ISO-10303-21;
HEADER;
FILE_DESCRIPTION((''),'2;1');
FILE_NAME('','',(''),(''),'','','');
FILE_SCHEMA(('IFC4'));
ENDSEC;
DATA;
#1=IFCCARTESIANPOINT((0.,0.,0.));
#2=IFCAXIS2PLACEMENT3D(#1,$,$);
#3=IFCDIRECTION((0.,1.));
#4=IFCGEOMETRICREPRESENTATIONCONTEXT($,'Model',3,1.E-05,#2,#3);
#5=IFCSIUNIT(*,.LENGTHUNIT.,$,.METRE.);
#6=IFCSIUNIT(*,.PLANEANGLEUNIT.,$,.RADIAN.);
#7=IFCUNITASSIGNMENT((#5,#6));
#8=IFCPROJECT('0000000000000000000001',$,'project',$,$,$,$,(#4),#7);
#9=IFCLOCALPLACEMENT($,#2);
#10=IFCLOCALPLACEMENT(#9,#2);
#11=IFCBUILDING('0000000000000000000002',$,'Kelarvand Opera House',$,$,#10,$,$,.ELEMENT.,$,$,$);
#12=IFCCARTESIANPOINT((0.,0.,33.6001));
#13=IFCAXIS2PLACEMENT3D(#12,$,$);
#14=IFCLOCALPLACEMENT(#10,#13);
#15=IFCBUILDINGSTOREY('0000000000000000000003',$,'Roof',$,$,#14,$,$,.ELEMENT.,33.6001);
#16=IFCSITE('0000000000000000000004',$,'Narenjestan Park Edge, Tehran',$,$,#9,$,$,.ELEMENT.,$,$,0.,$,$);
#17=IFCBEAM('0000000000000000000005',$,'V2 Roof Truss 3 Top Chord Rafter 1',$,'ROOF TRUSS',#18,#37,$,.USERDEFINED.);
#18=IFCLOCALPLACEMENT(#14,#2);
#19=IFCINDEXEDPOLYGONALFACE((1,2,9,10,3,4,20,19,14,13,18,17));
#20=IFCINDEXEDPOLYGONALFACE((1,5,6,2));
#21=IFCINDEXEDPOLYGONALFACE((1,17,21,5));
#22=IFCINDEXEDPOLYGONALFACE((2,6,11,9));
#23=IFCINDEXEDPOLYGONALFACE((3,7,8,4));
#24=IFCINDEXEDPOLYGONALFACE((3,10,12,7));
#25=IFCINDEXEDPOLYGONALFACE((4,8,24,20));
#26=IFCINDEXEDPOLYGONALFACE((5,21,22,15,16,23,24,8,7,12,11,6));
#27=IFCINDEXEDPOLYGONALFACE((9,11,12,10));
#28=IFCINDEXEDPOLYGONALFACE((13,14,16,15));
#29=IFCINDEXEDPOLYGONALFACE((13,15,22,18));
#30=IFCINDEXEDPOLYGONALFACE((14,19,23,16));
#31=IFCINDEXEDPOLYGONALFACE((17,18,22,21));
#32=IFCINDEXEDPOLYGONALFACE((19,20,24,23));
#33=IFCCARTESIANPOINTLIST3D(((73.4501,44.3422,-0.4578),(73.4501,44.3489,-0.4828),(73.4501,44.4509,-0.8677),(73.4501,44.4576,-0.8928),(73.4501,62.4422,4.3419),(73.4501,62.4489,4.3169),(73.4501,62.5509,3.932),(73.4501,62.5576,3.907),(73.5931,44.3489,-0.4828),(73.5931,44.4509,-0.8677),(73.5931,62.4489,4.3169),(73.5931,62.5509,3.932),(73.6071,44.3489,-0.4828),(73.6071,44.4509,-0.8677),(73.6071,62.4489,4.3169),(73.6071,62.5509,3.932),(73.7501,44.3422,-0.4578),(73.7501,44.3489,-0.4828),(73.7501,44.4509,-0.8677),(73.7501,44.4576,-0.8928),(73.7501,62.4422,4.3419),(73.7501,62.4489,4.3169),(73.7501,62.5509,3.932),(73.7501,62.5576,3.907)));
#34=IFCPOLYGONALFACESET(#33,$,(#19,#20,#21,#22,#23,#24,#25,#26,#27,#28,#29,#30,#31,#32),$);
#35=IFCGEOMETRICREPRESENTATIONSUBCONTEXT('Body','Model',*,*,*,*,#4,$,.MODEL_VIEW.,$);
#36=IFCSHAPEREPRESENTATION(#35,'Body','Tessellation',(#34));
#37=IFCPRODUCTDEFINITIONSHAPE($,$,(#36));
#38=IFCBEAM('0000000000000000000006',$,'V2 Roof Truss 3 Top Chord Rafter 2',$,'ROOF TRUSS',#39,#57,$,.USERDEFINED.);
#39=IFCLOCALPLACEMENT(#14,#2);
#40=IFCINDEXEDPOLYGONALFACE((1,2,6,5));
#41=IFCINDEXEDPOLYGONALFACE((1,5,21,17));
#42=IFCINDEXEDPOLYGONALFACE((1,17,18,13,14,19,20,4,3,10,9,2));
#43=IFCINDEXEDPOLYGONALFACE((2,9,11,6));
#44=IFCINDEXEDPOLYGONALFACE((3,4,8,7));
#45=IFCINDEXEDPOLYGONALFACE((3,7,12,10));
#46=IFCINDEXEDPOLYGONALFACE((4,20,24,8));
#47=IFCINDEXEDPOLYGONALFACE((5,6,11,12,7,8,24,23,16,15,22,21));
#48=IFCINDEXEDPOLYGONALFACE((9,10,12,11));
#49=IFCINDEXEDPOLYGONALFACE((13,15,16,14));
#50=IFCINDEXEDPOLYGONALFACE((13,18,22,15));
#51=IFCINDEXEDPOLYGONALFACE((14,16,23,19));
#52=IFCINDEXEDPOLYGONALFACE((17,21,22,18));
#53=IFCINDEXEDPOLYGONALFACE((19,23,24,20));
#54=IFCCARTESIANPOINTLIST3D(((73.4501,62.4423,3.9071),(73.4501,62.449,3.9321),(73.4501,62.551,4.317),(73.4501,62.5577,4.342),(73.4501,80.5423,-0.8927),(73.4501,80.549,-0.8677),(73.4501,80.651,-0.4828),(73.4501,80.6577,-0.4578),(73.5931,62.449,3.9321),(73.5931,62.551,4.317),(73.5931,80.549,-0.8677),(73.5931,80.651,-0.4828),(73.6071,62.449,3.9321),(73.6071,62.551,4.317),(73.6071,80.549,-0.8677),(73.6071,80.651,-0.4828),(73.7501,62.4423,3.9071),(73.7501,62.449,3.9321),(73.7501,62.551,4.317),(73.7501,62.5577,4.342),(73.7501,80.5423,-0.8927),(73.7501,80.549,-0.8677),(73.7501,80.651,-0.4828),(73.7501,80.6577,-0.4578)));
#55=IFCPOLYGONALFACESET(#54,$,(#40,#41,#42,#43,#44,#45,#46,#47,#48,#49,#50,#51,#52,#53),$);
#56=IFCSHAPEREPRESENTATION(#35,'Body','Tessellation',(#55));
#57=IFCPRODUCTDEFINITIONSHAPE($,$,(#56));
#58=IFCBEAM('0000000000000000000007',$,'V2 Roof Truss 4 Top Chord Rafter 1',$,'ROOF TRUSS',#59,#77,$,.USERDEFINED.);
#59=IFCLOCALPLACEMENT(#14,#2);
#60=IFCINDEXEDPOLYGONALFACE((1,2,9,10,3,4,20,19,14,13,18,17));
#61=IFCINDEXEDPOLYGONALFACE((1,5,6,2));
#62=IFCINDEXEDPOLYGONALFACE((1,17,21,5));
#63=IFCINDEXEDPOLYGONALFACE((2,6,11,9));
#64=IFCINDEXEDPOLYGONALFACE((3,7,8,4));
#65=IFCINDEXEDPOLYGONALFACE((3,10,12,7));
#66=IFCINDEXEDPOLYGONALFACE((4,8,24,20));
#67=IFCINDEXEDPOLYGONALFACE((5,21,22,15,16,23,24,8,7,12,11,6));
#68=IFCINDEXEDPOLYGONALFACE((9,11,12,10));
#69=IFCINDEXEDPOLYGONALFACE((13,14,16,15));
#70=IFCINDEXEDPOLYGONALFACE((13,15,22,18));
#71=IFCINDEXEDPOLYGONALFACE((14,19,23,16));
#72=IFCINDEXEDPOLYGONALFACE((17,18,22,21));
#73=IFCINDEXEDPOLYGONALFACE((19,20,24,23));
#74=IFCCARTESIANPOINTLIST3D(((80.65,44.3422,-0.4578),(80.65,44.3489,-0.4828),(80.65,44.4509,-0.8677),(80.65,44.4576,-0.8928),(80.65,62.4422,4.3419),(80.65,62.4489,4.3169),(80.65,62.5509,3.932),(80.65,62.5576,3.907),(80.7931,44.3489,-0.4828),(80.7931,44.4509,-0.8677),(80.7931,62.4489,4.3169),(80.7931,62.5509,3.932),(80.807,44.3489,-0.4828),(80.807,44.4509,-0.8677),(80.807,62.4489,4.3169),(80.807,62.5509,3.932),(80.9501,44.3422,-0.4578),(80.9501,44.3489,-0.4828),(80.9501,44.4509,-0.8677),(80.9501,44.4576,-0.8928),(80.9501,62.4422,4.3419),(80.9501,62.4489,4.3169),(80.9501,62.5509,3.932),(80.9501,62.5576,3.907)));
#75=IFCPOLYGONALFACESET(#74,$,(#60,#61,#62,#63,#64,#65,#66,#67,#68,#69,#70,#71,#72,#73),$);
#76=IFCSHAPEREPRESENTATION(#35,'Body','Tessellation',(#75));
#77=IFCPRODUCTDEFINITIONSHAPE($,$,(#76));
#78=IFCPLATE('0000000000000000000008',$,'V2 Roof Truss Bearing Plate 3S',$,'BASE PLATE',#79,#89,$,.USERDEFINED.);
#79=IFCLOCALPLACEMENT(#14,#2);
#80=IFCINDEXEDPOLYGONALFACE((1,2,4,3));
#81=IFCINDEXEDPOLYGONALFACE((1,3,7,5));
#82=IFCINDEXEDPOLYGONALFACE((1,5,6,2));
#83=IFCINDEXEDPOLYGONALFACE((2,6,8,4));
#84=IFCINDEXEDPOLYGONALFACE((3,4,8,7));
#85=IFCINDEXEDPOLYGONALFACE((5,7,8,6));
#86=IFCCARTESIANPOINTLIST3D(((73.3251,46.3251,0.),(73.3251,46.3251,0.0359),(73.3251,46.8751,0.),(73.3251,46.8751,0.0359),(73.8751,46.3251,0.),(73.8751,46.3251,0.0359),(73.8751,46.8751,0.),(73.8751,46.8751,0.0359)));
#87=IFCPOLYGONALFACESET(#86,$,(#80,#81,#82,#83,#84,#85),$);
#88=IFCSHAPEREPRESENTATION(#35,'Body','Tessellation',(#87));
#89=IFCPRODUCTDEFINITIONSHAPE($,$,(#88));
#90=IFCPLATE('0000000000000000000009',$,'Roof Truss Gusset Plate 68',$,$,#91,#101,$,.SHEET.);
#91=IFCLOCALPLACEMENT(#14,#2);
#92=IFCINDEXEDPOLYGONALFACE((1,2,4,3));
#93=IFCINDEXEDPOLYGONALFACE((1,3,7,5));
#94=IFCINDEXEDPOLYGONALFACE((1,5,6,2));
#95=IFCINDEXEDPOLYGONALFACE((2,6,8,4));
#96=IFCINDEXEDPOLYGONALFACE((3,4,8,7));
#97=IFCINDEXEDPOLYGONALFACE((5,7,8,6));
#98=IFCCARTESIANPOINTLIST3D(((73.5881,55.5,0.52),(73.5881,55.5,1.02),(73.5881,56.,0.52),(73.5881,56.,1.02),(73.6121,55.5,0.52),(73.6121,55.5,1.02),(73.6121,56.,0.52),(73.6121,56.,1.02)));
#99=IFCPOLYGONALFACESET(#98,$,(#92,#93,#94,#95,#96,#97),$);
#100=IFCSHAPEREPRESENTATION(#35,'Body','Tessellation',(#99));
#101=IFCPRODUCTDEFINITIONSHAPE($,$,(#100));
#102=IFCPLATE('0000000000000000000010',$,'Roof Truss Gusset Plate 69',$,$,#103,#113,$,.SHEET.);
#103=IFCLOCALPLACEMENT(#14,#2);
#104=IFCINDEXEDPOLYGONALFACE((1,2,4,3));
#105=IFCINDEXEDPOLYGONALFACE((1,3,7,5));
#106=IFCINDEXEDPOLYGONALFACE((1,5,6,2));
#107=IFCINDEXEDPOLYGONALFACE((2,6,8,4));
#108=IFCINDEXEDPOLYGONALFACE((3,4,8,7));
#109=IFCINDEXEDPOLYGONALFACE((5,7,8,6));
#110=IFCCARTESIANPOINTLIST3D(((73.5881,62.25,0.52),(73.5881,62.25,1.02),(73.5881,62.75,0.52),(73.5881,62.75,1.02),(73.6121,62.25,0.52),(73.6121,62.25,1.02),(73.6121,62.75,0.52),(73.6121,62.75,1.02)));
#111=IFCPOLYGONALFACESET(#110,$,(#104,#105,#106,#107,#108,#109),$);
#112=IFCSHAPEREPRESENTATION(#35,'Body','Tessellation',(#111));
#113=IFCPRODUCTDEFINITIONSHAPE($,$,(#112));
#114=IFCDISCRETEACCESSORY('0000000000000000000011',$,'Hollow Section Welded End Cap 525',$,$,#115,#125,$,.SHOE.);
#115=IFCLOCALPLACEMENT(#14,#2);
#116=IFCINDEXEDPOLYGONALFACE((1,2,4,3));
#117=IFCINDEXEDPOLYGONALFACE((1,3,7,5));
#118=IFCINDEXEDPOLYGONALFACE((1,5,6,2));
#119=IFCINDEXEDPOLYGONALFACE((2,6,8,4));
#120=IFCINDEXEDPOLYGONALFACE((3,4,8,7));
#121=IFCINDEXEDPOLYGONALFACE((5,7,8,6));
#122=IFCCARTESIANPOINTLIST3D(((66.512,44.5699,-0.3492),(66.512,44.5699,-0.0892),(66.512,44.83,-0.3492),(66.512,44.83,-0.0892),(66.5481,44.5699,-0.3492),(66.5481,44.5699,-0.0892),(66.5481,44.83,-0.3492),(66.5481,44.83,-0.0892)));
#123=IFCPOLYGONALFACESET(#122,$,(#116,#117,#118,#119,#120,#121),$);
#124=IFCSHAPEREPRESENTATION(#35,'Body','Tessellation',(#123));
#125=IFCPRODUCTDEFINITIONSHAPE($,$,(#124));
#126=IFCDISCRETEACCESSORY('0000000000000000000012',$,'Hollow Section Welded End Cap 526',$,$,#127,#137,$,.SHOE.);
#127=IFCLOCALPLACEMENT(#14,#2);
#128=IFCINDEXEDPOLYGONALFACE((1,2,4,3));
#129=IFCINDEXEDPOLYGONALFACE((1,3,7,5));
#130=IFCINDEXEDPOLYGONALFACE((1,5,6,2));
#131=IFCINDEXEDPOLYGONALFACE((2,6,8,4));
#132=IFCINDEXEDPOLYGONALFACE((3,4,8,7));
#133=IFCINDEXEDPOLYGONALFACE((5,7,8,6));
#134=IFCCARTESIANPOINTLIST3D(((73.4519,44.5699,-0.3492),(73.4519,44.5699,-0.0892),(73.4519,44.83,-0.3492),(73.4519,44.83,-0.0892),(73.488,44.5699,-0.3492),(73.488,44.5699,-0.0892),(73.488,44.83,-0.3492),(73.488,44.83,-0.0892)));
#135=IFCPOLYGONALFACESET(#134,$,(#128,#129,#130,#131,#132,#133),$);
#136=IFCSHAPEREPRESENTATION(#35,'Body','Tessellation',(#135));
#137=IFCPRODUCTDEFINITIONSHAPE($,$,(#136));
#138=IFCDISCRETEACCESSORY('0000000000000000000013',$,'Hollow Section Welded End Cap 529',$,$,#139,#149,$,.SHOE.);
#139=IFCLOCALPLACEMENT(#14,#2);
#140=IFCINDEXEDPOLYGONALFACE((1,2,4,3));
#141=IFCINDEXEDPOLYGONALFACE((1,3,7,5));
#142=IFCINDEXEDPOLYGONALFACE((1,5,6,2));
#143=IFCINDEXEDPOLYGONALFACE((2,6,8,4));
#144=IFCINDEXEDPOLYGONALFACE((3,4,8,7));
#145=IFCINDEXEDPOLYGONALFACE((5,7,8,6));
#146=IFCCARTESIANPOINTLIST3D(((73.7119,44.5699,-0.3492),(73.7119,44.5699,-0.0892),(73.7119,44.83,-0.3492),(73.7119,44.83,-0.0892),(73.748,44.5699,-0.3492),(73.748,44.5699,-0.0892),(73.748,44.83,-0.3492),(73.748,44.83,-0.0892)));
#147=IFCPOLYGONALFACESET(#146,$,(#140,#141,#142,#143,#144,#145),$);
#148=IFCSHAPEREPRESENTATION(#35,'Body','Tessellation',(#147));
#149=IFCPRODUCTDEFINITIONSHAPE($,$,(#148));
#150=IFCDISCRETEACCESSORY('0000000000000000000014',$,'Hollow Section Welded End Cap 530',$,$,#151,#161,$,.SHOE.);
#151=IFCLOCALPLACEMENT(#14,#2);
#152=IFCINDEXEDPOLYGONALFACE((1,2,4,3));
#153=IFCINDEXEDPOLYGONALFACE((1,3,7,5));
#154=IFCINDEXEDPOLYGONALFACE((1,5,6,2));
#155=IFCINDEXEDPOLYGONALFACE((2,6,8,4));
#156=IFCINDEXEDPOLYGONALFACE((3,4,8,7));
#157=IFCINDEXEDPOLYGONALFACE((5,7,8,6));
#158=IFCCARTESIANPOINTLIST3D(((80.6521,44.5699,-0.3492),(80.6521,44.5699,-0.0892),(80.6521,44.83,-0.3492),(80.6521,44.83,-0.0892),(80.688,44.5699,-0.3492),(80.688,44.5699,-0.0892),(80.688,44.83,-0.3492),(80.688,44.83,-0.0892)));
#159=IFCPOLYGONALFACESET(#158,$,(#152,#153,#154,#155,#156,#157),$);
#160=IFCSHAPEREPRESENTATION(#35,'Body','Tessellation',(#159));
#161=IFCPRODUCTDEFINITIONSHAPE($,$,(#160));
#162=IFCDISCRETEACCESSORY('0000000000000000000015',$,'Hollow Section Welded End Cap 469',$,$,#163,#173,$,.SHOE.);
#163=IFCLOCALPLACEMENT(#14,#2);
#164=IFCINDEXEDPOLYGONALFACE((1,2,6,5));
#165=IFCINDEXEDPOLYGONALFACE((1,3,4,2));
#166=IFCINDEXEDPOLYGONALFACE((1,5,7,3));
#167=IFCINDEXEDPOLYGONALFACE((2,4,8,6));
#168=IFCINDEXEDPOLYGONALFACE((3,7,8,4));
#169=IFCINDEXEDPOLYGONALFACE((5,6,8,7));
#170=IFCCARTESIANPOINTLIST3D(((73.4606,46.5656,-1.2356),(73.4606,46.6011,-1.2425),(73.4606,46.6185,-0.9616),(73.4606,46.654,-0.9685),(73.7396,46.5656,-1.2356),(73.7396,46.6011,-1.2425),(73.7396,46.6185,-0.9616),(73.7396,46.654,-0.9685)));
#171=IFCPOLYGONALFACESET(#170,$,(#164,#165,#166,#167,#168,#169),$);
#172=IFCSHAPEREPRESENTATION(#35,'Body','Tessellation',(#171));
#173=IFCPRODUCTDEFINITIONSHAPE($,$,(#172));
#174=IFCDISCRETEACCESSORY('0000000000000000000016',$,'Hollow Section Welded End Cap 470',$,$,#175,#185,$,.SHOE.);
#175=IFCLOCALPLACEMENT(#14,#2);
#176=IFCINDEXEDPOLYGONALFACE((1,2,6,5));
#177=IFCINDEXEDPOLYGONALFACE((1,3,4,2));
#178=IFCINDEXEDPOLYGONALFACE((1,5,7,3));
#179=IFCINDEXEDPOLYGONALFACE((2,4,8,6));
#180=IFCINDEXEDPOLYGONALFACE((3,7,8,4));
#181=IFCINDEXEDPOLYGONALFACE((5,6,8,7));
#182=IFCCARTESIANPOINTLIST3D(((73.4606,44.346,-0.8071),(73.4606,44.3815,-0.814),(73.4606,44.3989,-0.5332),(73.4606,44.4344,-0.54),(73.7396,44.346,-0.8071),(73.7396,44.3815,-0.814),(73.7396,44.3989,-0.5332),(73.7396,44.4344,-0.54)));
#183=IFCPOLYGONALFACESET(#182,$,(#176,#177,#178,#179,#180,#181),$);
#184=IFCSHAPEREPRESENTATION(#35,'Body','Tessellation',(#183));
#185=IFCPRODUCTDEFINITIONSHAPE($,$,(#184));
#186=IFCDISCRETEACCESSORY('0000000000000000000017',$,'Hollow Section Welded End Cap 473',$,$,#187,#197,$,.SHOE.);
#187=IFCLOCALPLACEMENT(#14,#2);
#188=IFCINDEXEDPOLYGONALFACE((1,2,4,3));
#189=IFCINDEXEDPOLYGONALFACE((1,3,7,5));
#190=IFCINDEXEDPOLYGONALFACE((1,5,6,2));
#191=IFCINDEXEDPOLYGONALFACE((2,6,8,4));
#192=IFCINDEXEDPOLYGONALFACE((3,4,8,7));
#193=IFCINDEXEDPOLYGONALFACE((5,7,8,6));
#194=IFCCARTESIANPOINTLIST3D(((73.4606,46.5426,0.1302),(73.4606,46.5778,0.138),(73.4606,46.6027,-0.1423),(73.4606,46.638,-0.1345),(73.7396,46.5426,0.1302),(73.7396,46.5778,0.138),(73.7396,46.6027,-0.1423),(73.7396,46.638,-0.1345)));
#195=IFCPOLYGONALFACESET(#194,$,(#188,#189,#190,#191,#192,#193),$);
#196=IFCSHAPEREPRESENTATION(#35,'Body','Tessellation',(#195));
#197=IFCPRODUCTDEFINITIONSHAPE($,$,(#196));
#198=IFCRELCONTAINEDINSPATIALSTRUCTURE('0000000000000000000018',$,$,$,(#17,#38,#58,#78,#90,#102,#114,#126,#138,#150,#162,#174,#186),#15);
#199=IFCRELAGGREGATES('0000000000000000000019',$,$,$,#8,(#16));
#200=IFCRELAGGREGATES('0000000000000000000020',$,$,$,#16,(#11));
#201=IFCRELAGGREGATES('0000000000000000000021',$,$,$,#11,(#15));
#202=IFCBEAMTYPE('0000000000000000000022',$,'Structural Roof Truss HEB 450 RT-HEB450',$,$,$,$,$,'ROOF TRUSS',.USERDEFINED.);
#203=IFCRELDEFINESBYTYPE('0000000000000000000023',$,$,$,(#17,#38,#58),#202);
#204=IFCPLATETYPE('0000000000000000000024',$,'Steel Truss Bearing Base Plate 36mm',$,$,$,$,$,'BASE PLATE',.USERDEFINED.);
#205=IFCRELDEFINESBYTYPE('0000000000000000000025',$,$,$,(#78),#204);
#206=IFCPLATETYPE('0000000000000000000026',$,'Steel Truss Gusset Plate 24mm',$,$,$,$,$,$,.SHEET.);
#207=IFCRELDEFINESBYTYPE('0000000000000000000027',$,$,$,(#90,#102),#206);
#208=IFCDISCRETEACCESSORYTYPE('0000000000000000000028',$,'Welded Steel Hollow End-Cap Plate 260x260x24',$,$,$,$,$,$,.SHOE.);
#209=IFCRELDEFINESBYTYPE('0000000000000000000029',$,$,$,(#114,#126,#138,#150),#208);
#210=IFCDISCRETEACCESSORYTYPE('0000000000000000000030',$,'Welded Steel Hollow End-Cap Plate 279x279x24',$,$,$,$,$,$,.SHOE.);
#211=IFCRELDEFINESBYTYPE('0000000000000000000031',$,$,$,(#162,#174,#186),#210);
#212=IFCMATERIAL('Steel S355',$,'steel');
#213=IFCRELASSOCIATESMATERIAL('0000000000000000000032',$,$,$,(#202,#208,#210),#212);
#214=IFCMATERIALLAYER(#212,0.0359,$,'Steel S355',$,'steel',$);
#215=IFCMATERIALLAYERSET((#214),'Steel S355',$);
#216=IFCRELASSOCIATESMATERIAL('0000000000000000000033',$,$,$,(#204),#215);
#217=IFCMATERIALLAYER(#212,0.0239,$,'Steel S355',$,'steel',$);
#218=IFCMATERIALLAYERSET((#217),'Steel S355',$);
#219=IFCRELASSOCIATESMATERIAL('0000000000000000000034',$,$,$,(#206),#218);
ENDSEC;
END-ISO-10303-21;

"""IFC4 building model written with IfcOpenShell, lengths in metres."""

from ifc_helpers import new_model, si_unit, direction, frame, origin, origin_2d, place, context, subcontext, project, spatial, rectangle, i_section, extrude, material, layer, layer_set, material_profile, profile_set, type_object, element, save


model = new_model("IFC4")

# Units and contexts
model_context = context("Model", 3, precision=1e-05, world=origin(), true_north=direction((0.0, 1.0)))
body_context = subcontext(model_context, "Body", "Model", "MODEL_VIEW")
ifc_project = project(units=[si_unit("LENGTHUNIT", "METRE"), si_unit("PLANEANGLEUNIT", "RADIAN")], contexts=[model_context])

# Site, building, storey
site_placement = place(None, origin())
site = spatial("IfcSite", under=ifc_project, at=site_placement, Name="Narenjestan Park Edge, Tehran", CompositionType="ELEMENT", RefElevation=0.0)
building_placement = place(site_placement, origin())
building = spatial("IfcBuilding", under=site, at=building_placement, Name="Kelarvand Opera House", CompositionType="ELEMENT")
storey_placement = place(building_placement, frame((0.0, 0.0, 33.6001)))
storey = spatial("IfcBuildingStorey", under=building, at=storey_placement, Name="Roof", CompositionType="ELEMENT", Elevation=33.6001)

# Shared definitions
ifc_material = material(Name="Steel S355", Category="steel")

# Beams
ifc_material_profile_1 = material_profile(ifc_material, i_section(OverallWidth=0.3, OverallDepth=0.45, WebThickness=0.0139, FlangeThickness=0.0259, at=origin_2d()), Name="HEB 450", Category="steel")
ifc_profile_set_1 = profile_set([ifc_material_profile_1], Name="Steel S355")
beam_type = type_object("IfcBeamType", Name="Structural Roof Truss HEB 450 RT-HEB450", ElementType="ROOF TRUSS", PredefinedType="USERDEFINED", material=ifc_profile_set_1)
for number, where, z_axis, x_axis, name in (
    (1, (73.6001, 44.3999, -0.6753), (0.0, 0.966591, 0.256322), (-1.0, 0.0, 0.0), "V2 Roof Truss 3 Top Chord Rafter 1"),
    (2, (73.6001, 62.5, 4.1245), (0.0, 0.966591, -0.256322), (-1.0, 0.0, 0.0), "V2 Roof Truss 3 Top Chord Rafter 2"),
    (3, (80.8, 44.3999, -0.6753), (0.0, 0.966591, 0.256322), (-1.0, 0.0, 0.0), "V2 Roof Truss 4 Top Chord Rafter 1"),
):
    element("IfcBeam", number, at=place(storey_placement, frame(where, z_axis=z_axis, x_axis=x_axis)), inside=storey, type_object=beam_type, Name=name, ObjectType="ROOF TRUSS", PredefinedType="USERDEFINED", context=body_context, shape_type="SweptSolid", body=[
        extrude(i_section(OverallWidth=0.3, OverallDepth=0.45, WebThickness=0.0139, FlangeThickness=0.0259, at=origin_2d()), origin(), (0.0, 0.0, 1.0), 18.7256),
    ])

# Plates
ifc_layer_1 = layer(ifc_material, 0.0359, Name="Steel S355", Category="steel")
ifc_layer_set_1 = layer_set([ifc_layer_1], Name="Steel S355")
plate_type_1 = type_object("IfcPlateType", Name="Steel Truss Bearing Base Plate 36mm", ElementType="BASE PLATE", PredefinedType="USERDEFINED", material=ifc_layer_set_1)
plate_placement = place(storey_placement, frame((73.6001, 46.6001, 0.0), z_axis=(0.0, 0.0, 1.0), x_axis=(1.0, 0.0, 0.0)))
element("IfcPlate", 4, at=plate_placement, inside=storey, type_object=plate_type_1, Name="V2 Roof Truss Bearing Plate 3S", ObjectType="BASE PLATE", PredefinedType="USERDEFINED", context=body_context, shape_type="SweptSolid", body=[
    extrude(rectangle(XDim=0.55, YDim=0.55, at=origin_2d()), origin(), (0.0, 0.0, 1.0), 0.0359),
])
ifc_layer_2 = layer(ifc_material, 0.0239, Name="Steel S355", Category="steel")
ifc_layer_set_2 = layer_set([ifc_layer_2], Name="Steel S355")
plate_type_2 = type_object("IfcPlateType", Name="Steel Truss Gusset Plate 24mm", PredefinedType="SHEET", material=ifc_layer_set_2)
for number, where, z_axis, x_axis, name in (
    (5, (73.6001, 55.75, 0.52), (0.0, 0.0, 1.0), (1.0, 0.0, 0.0), "Roof Truss Gusset Plate 68"),
    (6, (73.6001, 62.5, 0.52), (0.0, 0.0, 1.0), (1.0, 0.0, 0.0), "Roof Truss Gusset Plate 69"),
):
    element("IfcPlate", number, at=place(storey_placement, frame(where, z_axis=z_axis, x_axis=x_axis)), inside=storey, type_object=plate_type_2, Name=name, PredefinedType="SHEET", context=body_context, shape_type="SweptSolid", body=[
        extrude(rectangle(XDim=0.0239, YDim=0.5, at=origin_2d()), origin(), (0.0, 0.0, 1.0), 0.5),
    ])

# Discrete accessories
ifc_material_profile_2 = material_profile(ifc_material, rectangle(XDim=0.26, YDim=0.26, at=origin_2d()), Name="Welded Steel Hollow End-Cap Plate 260x260x24", Category="steel")
ifc_profile_set_2 = profile_set([ifc_material_profile_2], Name="Steel S355")
discrete_accessory_type_1 = type_object("IfcDiscreteAccessoryType", Name="Welded Steel Hollow End-Cap Plate 260x260x24", PredefinedType="SHOE", material=ifc_profile_set_2)
for number, where, z_axis, x_axis, name in (
    (7, (66.5481, 44.7, -0.2192), (-1.0, 0.0, 0.0), (0.0, -1.0, 0.0), "Hollow Section Welded End Cap 525"),
    (8, (73.4519, 44.7, -0.2192), (1.0, 0.0, 0.0), (0.0, 1.0, 0.0), "Hollow Section Welded End Cap 526"),
    (9, (73.748, 44.7, -0.2192), (-1.0, 0.0, 0.0), (0.0, -1.0, 0.0), "Hollow Section Welded End Cap 529"),
):
    element("IfcDiscreteAccessory", number, at=place(storey_placement, frame(where, z_axis=z_axis, x_axis=x_axis)), inside=storey, type_object=discrete_accessory_type_1, Name=name, PredefinedType="SHOE", context=body_context, shape_type="SweptSolid", body=[
        extrude(rectangle(XDim=0.26, YDim=0.26, at=origin_2d()), origin(), (0.0, 0.0, 1.0), 0.0361),
    ])
discrete_accessory_1_placement = place(storey_placement, frame((80.6521, 44.7, -0.2192), z_axis=(1.0, 0.0, 0.0), x_axis=(0.0, 1.0, 0.0)))
element("IfcDiscreteAccessory", 10, at=discrete_accessory_1_placement, inside=storey, type_object=discrete_accessory_type_1, Name="Hollow Section Welded End Cap 530", PredefinedType="SHOE", context=body_context, shape_type="SweptSolid", body=[
    extrude(rectangle(XDim=0.26, YDim=0.26, at=origin_2d()), origin(), (0.0, 0.0, 1.0), 0.0359),
])
ifc_material_profile_3 = material_profile(ifc_material, rectangle(XDim=0.2791, YDim=0.2791, at=origin_2d()), Name="Welded Steel Hollow End-Cap Plate 279x279x24", Category="steel")
ifc_profile_set_3 = profile_set([ifc_material_profile_3], Name="Steel S355")
discrete_accessory_type_2 = type_object("IfcDiscreteAccessoryType", Name="Welded Steel Hollow End-Cap Plate 279x279x24", PredefinedType="SHOE", material=ifc_profile_set_3)
for number, where, z_axis, x_axis, name in (
    (11, (73.6001, 46.592, -1.0986), (0.0, 0.981861, -0.189601), (-1.0, 0.0, 0.0), "Hollow Section Welded End Cap 469"),
    (12, (73.6001, 44.408, -0.677), (0.0, -0.981861, 0.189601), (1.0, 0.0, 0.0), "Hollow Section Welded End Cap 470"),
    (13, (73.6001, 46.6079, 0.0017), (0.0, -0.976503, -0.215504), (1.0, 0.0, 0.0), "Hollow Section Welded End Cap 473"),
):
    element("IfcDiscreteAccessory", number, at=place(storey_placement, frame(where, z_axis=z_axis, x_axis=x_axis)), inside=storey, type_object=discrete_accessory_type_2, Name=name, PredefinedType="SHOE", context=body_context, shape_type="SweptSolid", body=[
        extrude(rectangle(XDim=0.2791, YDim=0.2791, at=origin_2d()), origin(), (0.0, 0.0, 1.0), 0.0361),
    ])

save(model, "model.ifc")
